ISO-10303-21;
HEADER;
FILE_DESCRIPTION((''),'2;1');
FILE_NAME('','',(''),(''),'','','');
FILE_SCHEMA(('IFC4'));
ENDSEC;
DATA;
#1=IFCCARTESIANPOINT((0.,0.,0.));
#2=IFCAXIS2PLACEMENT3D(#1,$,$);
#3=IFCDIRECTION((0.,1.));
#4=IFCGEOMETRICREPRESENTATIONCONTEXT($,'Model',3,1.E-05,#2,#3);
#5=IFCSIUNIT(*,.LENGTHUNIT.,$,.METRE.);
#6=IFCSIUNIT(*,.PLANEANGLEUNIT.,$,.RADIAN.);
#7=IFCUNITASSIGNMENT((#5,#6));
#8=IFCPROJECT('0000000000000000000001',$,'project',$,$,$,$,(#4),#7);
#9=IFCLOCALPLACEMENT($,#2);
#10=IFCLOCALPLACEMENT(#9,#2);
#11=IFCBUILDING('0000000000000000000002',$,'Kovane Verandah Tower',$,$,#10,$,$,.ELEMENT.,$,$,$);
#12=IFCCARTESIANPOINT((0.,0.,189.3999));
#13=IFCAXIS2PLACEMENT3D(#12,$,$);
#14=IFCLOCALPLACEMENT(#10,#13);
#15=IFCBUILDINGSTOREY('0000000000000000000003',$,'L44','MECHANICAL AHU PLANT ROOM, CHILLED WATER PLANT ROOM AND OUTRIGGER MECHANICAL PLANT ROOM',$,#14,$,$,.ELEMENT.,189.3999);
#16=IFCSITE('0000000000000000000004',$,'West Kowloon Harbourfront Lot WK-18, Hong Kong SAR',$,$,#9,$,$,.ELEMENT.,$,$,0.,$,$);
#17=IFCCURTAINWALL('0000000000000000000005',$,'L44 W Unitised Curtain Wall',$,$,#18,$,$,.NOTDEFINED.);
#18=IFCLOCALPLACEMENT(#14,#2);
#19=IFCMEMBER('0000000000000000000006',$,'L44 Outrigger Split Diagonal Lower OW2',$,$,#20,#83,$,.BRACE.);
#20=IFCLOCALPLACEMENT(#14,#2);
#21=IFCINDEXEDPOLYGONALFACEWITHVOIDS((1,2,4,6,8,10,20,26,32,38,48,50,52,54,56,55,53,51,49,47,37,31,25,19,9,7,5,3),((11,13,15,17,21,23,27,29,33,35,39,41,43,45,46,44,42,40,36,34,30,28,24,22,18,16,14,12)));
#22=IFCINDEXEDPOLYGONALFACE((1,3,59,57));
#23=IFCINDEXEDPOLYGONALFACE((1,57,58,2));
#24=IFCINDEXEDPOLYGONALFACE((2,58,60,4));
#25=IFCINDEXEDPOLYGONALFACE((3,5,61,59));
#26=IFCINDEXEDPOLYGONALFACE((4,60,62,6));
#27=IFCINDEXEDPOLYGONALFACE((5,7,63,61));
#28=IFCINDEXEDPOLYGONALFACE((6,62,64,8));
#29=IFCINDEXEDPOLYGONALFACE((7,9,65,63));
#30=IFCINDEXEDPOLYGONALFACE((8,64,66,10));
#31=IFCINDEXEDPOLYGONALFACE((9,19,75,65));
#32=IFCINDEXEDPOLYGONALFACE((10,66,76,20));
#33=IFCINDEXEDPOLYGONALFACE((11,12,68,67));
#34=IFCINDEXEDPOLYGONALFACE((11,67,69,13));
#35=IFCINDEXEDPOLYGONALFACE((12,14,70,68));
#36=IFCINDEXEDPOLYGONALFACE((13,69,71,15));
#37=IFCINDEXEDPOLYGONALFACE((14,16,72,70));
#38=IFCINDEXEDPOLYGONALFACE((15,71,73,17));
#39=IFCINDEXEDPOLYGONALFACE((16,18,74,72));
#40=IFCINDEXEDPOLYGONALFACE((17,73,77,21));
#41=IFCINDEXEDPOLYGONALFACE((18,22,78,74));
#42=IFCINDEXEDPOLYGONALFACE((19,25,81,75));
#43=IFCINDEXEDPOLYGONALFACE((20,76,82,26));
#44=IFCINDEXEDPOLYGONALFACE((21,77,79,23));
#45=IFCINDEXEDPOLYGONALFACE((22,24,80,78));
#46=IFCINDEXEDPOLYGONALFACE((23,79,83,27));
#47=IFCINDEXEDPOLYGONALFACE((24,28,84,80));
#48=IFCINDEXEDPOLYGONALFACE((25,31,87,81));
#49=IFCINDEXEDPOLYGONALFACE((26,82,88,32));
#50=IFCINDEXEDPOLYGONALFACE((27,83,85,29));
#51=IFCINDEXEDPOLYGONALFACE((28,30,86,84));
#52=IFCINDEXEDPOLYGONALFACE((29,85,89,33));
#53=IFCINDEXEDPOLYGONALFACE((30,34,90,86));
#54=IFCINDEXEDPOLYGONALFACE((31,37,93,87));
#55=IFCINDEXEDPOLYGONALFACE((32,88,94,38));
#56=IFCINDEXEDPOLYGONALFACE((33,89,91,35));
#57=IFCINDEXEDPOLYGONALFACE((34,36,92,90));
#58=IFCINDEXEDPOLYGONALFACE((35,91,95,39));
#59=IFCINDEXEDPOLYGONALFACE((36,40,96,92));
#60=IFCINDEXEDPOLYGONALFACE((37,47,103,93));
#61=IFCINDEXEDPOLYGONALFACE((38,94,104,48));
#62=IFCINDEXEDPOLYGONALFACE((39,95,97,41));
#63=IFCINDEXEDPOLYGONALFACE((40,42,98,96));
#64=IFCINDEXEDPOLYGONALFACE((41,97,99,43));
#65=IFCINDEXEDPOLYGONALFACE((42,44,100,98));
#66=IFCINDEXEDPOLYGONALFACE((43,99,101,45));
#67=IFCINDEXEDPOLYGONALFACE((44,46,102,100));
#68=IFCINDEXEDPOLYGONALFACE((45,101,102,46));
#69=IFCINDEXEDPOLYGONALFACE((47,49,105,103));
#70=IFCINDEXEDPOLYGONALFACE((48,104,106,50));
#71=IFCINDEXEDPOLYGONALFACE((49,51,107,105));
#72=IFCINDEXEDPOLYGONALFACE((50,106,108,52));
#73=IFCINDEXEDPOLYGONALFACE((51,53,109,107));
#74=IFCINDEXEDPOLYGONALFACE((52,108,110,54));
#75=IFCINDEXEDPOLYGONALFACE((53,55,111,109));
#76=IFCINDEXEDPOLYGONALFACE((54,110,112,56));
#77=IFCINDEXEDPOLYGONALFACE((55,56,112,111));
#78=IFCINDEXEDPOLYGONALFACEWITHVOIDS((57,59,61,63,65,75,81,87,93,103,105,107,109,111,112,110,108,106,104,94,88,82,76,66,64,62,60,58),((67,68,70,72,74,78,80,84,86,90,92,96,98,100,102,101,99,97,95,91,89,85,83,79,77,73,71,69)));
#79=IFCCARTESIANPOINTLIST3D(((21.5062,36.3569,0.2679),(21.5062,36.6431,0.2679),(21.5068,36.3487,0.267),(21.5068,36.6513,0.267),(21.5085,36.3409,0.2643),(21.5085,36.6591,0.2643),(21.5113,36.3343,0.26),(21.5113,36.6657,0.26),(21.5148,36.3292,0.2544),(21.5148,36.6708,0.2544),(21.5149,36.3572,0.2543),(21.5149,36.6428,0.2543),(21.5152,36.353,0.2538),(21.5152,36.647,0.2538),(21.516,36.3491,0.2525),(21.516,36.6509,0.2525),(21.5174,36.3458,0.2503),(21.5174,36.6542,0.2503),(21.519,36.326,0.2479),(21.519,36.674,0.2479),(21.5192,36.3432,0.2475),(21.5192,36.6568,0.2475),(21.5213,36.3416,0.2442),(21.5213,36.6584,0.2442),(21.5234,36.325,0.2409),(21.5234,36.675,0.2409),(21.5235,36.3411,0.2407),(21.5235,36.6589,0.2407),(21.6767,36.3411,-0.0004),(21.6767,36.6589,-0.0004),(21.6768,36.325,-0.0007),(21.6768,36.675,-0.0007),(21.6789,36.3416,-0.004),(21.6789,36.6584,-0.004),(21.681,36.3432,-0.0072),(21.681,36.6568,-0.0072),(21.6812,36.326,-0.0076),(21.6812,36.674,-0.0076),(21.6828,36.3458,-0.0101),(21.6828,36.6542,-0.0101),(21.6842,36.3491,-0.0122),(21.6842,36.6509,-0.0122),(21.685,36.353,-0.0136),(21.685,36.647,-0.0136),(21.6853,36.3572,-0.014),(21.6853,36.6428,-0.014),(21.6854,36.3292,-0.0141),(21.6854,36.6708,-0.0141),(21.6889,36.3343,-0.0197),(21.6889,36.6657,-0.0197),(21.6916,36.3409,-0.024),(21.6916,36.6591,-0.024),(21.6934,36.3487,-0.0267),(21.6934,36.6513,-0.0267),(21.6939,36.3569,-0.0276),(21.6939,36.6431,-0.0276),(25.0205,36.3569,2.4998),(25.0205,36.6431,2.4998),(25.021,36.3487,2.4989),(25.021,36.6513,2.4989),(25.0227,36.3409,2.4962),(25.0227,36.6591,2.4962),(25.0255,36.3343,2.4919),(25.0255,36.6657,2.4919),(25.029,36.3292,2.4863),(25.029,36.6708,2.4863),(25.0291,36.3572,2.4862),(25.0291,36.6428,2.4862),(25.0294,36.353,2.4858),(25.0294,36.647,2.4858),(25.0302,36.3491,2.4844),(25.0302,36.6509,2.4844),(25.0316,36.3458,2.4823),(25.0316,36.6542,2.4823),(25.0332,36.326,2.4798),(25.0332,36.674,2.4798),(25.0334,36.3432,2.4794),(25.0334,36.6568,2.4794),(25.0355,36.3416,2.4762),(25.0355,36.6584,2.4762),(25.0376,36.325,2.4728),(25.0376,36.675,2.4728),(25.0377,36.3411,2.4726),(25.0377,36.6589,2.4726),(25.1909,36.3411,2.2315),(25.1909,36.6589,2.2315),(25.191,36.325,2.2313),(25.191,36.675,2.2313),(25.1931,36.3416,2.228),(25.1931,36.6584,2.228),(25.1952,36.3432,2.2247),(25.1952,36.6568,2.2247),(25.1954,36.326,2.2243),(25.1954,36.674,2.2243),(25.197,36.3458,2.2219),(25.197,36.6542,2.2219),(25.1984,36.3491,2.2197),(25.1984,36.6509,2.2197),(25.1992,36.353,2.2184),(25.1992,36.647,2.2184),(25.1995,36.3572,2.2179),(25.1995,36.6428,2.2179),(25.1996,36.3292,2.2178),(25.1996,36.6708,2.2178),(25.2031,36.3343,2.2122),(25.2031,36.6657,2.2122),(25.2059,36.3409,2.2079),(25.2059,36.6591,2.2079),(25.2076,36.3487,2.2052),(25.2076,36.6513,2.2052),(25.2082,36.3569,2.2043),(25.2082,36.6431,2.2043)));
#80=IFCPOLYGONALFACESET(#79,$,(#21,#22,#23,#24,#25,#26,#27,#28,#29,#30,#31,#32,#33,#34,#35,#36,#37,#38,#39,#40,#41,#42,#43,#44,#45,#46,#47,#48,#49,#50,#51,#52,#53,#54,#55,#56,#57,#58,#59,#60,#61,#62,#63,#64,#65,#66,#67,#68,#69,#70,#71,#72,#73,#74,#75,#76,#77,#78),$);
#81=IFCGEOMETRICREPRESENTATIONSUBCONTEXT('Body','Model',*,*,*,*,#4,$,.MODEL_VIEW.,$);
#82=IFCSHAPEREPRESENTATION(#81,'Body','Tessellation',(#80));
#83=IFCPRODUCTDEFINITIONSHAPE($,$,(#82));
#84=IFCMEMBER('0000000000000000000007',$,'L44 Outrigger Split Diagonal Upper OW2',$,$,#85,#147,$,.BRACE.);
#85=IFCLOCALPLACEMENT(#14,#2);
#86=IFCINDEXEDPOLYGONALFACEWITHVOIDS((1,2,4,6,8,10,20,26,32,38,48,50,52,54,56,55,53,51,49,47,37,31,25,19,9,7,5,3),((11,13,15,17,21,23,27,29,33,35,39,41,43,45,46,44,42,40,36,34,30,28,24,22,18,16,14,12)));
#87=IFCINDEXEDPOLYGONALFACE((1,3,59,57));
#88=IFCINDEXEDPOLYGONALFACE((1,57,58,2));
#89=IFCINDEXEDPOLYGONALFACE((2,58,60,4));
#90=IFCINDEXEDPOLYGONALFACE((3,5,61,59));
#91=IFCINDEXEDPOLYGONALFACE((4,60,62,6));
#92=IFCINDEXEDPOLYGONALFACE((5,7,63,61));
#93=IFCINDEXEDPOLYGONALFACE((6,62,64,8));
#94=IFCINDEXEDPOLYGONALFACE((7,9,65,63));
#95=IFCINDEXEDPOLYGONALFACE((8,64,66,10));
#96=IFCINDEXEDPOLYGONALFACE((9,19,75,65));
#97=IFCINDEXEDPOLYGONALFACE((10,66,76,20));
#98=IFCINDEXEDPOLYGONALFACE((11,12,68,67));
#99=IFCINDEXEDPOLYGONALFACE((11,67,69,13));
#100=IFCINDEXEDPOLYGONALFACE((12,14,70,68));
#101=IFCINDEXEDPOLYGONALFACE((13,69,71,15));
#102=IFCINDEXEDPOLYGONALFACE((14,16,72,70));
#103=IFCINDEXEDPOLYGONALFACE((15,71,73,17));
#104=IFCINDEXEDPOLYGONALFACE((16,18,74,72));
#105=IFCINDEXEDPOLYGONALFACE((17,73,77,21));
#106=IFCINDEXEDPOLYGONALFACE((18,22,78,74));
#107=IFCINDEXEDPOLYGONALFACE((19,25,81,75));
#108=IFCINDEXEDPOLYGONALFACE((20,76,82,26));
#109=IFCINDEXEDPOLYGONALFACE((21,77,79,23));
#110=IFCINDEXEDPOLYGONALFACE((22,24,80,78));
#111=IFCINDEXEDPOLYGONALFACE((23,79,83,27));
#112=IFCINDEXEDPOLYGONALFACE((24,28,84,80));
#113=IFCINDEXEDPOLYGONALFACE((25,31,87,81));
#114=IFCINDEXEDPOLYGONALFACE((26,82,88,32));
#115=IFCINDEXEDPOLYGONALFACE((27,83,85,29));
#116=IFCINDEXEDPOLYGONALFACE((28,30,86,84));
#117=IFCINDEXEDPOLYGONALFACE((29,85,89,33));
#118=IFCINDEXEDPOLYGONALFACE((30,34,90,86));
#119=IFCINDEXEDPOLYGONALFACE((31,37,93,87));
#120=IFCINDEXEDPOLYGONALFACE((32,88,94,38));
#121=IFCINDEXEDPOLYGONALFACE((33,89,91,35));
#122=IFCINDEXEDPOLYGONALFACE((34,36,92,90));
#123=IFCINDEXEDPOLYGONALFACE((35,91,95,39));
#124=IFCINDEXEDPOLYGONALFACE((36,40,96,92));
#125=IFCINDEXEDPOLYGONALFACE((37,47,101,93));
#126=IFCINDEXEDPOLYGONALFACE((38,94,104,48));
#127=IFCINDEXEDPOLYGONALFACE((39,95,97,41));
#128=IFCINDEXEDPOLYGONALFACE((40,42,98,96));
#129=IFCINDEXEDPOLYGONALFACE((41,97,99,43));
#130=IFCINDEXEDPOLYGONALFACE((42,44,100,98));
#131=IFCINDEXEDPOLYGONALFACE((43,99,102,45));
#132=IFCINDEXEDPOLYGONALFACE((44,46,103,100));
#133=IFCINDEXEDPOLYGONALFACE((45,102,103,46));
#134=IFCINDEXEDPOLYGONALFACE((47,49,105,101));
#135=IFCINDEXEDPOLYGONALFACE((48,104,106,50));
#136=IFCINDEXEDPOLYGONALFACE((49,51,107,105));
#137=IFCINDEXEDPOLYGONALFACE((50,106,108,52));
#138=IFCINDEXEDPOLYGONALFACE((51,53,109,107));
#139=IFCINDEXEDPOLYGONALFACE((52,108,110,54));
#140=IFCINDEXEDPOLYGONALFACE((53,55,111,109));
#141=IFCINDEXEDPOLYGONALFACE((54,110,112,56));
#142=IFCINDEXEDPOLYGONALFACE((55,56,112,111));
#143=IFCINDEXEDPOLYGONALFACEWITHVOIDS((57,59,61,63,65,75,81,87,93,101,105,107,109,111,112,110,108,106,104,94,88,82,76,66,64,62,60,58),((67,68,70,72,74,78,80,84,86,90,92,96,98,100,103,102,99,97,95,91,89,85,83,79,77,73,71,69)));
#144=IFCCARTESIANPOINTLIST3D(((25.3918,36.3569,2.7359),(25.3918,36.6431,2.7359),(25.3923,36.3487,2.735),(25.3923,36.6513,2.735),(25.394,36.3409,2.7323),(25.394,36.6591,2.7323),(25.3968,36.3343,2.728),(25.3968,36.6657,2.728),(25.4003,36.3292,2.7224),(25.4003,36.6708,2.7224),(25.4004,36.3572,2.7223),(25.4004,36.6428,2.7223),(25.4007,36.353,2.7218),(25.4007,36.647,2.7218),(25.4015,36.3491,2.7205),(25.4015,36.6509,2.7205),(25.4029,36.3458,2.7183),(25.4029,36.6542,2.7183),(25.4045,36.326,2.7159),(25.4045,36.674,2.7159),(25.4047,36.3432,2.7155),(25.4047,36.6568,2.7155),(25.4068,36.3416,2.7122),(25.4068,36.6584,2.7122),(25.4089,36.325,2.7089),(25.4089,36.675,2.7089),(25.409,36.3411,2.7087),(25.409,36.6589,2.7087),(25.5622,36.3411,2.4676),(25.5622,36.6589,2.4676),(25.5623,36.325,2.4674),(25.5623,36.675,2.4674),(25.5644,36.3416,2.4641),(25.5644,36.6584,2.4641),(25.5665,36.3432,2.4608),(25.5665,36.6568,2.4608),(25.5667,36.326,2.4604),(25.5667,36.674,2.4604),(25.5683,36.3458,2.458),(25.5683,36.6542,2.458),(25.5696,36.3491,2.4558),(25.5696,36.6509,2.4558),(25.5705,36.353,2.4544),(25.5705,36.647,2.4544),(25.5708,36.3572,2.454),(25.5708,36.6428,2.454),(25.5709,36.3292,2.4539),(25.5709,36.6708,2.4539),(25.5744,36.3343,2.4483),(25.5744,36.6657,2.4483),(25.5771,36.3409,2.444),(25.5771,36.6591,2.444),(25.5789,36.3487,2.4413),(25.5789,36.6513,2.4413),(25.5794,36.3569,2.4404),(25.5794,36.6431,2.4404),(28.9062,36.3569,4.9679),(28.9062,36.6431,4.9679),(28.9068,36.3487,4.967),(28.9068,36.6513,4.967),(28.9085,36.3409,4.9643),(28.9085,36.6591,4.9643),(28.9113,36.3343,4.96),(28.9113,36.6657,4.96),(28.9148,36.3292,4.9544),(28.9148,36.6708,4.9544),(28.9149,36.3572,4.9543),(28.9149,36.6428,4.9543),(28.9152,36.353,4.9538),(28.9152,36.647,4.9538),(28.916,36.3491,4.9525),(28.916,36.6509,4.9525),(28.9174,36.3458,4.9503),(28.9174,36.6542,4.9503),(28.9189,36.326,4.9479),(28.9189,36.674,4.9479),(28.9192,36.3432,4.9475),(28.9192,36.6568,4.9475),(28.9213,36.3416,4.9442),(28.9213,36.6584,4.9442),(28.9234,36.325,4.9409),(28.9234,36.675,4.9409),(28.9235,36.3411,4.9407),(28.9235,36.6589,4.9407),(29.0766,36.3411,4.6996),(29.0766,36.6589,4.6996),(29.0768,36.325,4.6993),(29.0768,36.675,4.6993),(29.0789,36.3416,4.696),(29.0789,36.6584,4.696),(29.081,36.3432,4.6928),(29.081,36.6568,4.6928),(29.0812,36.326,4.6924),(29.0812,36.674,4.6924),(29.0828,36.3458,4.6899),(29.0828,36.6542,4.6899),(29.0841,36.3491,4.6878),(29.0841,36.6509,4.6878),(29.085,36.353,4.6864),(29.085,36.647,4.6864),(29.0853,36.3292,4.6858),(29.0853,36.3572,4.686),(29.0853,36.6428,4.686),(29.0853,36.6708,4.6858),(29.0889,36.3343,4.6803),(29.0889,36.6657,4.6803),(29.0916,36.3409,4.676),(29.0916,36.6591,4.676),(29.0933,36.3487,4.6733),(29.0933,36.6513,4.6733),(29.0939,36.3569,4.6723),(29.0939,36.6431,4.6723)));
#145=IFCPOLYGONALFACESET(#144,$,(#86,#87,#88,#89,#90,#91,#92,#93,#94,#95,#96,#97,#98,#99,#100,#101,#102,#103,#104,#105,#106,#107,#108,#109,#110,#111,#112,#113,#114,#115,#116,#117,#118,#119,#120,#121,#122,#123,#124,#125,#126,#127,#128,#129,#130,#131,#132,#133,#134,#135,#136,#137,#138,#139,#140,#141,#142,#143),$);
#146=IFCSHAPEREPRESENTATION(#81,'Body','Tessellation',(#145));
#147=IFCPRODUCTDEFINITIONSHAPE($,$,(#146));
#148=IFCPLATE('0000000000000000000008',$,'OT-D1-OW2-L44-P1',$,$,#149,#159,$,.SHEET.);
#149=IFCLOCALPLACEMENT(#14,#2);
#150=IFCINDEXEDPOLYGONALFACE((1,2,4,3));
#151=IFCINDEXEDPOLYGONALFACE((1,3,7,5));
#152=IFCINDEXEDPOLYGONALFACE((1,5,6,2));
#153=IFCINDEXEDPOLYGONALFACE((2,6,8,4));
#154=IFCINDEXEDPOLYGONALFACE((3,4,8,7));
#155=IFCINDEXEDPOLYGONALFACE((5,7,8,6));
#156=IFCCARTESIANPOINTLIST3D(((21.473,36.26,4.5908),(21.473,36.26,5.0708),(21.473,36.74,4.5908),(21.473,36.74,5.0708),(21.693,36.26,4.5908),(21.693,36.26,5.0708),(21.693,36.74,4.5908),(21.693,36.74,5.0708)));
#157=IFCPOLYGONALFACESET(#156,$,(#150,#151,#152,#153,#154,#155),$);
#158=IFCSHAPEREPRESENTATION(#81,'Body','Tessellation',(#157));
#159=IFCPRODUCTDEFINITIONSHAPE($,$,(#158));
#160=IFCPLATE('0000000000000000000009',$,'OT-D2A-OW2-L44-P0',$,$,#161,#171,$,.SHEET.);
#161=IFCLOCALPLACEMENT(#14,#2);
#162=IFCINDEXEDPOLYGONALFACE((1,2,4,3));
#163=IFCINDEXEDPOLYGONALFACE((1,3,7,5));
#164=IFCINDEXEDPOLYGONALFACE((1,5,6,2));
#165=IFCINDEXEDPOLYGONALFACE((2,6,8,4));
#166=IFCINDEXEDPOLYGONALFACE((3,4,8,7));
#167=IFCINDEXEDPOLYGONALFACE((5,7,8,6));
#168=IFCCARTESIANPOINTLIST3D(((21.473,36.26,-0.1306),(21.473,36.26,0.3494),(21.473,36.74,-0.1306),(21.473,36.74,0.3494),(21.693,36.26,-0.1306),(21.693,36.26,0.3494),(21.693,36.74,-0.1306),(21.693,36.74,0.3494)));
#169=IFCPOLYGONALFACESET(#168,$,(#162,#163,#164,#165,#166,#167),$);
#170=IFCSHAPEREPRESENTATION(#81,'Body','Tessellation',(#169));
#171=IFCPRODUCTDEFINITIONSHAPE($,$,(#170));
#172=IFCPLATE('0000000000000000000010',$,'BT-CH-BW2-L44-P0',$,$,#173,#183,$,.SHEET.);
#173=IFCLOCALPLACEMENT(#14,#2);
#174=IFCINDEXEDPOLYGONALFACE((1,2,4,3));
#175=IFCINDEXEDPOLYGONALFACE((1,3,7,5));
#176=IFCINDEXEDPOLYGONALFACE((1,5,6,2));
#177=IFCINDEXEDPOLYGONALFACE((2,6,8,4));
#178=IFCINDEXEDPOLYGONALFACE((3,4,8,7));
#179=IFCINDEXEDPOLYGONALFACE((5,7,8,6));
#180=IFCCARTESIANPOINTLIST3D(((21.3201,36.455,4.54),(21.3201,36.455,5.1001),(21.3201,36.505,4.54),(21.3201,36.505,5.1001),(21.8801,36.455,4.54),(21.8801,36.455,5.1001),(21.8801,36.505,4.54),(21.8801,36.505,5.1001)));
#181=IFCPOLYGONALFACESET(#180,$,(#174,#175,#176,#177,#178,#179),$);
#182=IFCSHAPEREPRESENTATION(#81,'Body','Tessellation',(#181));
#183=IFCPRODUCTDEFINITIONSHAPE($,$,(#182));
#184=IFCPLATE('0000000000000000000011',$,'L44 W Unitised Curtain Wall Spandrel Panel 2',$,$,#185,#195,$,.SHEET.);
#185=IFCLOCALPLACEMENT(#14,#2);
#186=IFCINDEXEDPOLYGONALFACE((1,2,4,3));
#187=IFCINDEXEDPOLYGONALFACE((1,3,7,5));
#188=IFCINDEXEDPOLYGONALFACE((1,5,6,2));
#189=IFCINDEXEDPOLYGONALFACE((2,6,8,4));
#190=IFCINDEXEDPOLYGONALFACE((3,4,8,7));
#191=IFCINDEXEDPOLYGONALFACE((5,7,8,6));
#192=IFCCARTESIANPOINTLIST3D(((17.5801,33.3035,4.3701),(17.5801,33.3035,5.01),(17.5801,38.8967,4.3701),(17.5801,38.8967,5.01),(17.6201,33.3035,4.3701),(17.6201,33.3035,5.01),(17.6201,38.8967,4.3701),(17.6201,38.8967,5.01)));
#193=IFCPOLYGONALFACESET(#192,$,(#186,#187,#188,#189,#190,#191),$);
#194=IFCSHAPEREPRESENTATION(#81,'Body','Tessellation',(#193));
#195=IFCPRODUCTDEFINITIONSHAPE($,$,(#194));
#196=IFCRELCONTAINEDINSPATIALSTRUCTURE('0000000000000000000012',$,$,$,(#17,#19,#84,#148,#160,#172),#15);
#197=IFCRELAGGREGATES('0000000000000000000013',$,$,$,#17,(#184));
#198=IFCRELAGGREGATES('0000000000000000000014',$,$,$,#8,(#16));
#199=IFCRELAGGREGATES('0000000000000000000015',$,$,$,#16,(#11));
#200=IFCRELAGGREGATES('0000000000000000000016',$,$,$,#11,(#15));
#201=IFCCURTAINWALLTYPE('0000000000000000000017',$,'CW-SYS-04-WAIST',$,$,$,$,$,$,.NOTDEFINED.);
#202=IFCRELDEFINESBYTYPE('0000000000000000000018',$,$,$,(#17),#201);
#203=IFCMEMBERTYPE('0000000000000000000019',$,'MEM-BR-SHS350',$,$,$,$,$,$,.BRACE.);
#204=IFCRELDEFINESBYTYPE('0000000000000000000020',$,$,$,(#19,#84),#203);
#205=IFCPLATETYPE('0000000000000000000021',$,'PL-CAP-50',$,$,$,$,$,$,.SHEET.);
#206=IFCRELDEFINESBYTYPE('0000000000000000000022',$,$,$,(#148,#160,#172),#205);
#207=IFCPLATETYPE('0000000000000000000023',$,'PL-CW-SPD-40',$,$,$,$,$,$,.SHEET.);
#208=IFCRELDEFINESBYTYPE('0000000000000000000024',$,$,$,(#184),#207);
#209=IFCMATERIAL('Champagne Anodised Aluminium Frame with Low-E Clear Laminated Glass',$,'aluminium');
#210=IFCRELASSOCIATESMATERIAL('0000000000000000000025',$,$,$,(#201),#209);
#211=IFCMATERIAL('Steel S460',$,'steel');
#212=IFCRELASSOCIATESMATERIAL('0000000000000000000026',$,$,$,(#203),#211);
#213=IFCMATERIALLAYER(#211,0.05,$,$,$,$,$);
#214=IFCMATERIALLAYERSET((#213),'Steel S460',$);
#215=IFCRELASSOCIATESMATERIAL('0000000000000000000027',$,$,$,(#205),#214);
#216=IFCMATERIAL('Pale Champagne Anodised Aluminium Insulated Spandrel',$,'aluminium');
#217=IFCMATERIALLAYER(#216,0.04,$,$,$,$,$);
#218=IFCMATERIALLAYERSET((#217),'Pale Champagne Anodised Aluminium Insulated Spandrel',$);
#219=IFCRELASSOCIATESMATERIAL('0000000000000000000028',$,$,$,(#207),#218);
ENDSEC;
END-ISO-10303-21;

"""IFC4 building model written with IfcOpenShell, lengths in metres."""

from ifc_helpers import new_model, si_unit, direction, frame, origin, origin_2d, place, context, subcontext, project, spatial, rectangle, hollow_rectangle, extrude, material, layer, layer_set, material_profile, profile_set, type_object, element, aggregate, save


model = new_model("IFC4")

# Units and contexts
model_context = context("Model", 3, precision=1e-05, world=origin(), true_north=direction((0.0, 1.0)))
body_context = subcontext(model_context, "Body", "Model", "MODEL_VIEW")
ifc_project = project(units=[si_unit("LENGTHUNIT", "METRE"), si_unit("PLANEANGLEUNIT", "RADIAN")], contexts=[model_context])

# Site, building, storey
site_placement = place(None, origin())
site = spatial("IfcSite", under=ifc_project, at=site_placement, Name="West Kowloon Harbourfront Lot WK-18, Hong Kong SAR", CompositionType="ELEMENT", RefElevation=0.0)
building_placement = place(site_placement, origin())
building = spatial("IfcBuilding", under=site, at=building_placement, Name="Kovane Verandah Tower", CompositionType="ELEMENT")
storey_placement = place(building_placement, frame((0.0, 0.0, 189.3999)))
storey = spatial("IfcBuildingStorey", under=building, at=storey_placement, Name="L44", Description="MECHANICAL AHU PLANT ROOM, CHILLED WATER PLANT ROOM AND OUTRIGGER MECHANICAL PLANT ROOM", CompositionType="ELEMENT", Elevation=189.3999)

# Shared definitions
ifc_material_1 = material(Name="Steel S460", Category="steel")

# Curtain wall
ifc_material_2 = material(Name="Champagne Anodised Aluminium Frame with Low-E Clear Laminated Glass", Category="aluminium")
curtain_wall_type = type_object("IfcCurtainWallType", Name="CW-SYS-04-WAIST", PredefinedType="NOTDEFINED", material=ifc_material_2)
curtain_wall_placement = place(storey_placement, origin())
curtain_wall = element("IfcCurtainWall", 1, at=curtain_wall_placement, inside=storey, type_object=curtain_wall_type, Name="L44 W Unitised Curtain Wall", PredefinedType="NOTDEFINED")

# Members
ifc_material_profile_1 = material_profile(ifc_material_1, hollow_rectangle(XDim=0.3501, YDim=0.3501, WallThickness=0.0161, InnerFilletRadius=0.0161, OuterFilletRadius=0.032, at=origin_2d()), Name="SHS350x350x16")
ifc_profile_set_1 = profile_set([ifc_material_profile_1], Name="Steel S460")
member_type_1 = type_object("IfcMemberType", Name="MEM-BR-SHS350", PredefinedType="BRACE", material=ifc_profile_set_1)
member_1_placement = place(storey_placement, frame((21.6001, 36.5, 0.1201), z_axis=(0.844134, 0.0, 0.536132), x_axis=(0.0, 1.0, 0.0)))
element("IfcMember", 2, at=member_1_placement, inside=storey, type_object=member_type_1, Name="L44 Outrigger Split Diagonal Lower OW2", PredefinedType="BRACE", context=body_context, shape_type="SweptSolid", body=[
    extrude(hollow_rectangle(XDim=0.3501, YDim=0.3501, WallThickness=0.0161, InnerFilletRadius=0.0161, OuterFilletRadius=0.032, at=origin_2d()), origin(), (0.0, 0.0, 1.0), 4.1631),
])
member_2_placement = place(storey_placement, frame((25.4856, 36.5, 2.5881), z_axis=(0.844151, 0.0, 0.536105), x_axis=(0.0, 1.0, 0.0)))
element("IfcMember", 3, at=member_2_placement, inside=storey, type_object=member_type_1, Name="L44 Outrigger Split Diagonal Upper OW2", PredefinedType="BRACE", context=body_context, shape_type="SweptSolid", body=[
    extrude(hollow_rectangle(XDim=0.3501, YDim=0.3501, WallThickness=0.0161, InnerFilletRadius=0.0161, OuterFilletRadius=0.032, at=origin_2d()), origin(), (0.0, 0.0, 1.0), 4.1633),
])

# Plates
ifc_layer_1 = layer(ifc_material_1, 0.05)
ifc_layer_set_1 = layer_set([ifc_layer_1], Name="Steel S460")
plate_type_1 = type_object("IfcPlateType", Name="PL-CAP-50", PredefinedType="SHEET", material=ifc_layer_set_1)
for number, where, z_axis, x_axis, name in (
    (4, (21.583, 36.5, 4.5908), (0.0, 0.0, 1.0), (-1.0, 0.0, 0.0), "OT-D1-OW2-L44-P1"),
    (5, (21.583, 36.5, -0.1306), (0.0, 0.0, 1.0), (1.0, 0.0, 0.0), "OT-D2A-OW2-L44-P0"),
):
    element("IfcPlate", number, at=place(storey_placement, frame(where, z_axis=z_axis, x_axis=x_axis)), inside=storey, type_object=plate_type_1, Name=name, PredefinedType="SHEET", context=body_context, shape_type="SweptSolid", body=[
        extrude(rectangle(XDim=0.22, YDim=0.48, at=origin_2d()), origin(), (0.0, 0.0, 1.0), 0.48),
    ])
plate_1_placement = place(storey_placement, frame((21.6001, 36.48, 4.54), z_axis=(0.0, 0.0, 1.0), x_axis=(0.0, 1.0, 0.0)))
element("IfcPlate", 6, at=plate_1_placement, inside=storey, type_object=plate_type_1, Name="BT-CH-BW2-L44-P0", PredefinedType="SHEET", context=body_context, shape_type="SweptSolid", body=[
    extrude(rectangle(XDim=0.05, YDim=0.5601, at=origin_2d()), origin(), (0.0, 0.0, 1.0), 0.5601),
])

# Plate
ifc_material_3 = material(Name="Pale Champagne Anodised Aluminium Insulated Spandrel", Category="aluminium")
ifc_layer_2 = layer(ifc_material_3, 0.04)
ifc_layer_set_2 = layer_set([ifc_layer_2], Name="Pale Champagne Anodised Aluminium Insulated Spandrel")
plate_type_2 = type_object("IfcPlateType", Name="PL-CW-SPD-40", PredefinedType="SHEET", material=ifc_layer_set_2)
plate_2_placement = place(storey_placement, frame((17.6001, 36.1001, 4.3701), z_axis=(0.0, 0.0, 1.0), x_axis=(0.0, -1.0, 0.0)))
plate_2 = element("IfcPlate", 7, at=plate_2_placement, type_object=plate_type_2, Name="L44 W Unitised Curtain Wall Spandrel Panel 2", PredefinedType="SHEET", context=body_context, shape_type="SweptSolid", body=[
    extrude(rectangle(XDim=5.5933, YDim=0.04, at=origin_2d()), origin(), (0.0, 0.0, 1.0), 0.6399),
])
aggregate(curtain_wall, [plate_2])

save(model, "model.ifc")
